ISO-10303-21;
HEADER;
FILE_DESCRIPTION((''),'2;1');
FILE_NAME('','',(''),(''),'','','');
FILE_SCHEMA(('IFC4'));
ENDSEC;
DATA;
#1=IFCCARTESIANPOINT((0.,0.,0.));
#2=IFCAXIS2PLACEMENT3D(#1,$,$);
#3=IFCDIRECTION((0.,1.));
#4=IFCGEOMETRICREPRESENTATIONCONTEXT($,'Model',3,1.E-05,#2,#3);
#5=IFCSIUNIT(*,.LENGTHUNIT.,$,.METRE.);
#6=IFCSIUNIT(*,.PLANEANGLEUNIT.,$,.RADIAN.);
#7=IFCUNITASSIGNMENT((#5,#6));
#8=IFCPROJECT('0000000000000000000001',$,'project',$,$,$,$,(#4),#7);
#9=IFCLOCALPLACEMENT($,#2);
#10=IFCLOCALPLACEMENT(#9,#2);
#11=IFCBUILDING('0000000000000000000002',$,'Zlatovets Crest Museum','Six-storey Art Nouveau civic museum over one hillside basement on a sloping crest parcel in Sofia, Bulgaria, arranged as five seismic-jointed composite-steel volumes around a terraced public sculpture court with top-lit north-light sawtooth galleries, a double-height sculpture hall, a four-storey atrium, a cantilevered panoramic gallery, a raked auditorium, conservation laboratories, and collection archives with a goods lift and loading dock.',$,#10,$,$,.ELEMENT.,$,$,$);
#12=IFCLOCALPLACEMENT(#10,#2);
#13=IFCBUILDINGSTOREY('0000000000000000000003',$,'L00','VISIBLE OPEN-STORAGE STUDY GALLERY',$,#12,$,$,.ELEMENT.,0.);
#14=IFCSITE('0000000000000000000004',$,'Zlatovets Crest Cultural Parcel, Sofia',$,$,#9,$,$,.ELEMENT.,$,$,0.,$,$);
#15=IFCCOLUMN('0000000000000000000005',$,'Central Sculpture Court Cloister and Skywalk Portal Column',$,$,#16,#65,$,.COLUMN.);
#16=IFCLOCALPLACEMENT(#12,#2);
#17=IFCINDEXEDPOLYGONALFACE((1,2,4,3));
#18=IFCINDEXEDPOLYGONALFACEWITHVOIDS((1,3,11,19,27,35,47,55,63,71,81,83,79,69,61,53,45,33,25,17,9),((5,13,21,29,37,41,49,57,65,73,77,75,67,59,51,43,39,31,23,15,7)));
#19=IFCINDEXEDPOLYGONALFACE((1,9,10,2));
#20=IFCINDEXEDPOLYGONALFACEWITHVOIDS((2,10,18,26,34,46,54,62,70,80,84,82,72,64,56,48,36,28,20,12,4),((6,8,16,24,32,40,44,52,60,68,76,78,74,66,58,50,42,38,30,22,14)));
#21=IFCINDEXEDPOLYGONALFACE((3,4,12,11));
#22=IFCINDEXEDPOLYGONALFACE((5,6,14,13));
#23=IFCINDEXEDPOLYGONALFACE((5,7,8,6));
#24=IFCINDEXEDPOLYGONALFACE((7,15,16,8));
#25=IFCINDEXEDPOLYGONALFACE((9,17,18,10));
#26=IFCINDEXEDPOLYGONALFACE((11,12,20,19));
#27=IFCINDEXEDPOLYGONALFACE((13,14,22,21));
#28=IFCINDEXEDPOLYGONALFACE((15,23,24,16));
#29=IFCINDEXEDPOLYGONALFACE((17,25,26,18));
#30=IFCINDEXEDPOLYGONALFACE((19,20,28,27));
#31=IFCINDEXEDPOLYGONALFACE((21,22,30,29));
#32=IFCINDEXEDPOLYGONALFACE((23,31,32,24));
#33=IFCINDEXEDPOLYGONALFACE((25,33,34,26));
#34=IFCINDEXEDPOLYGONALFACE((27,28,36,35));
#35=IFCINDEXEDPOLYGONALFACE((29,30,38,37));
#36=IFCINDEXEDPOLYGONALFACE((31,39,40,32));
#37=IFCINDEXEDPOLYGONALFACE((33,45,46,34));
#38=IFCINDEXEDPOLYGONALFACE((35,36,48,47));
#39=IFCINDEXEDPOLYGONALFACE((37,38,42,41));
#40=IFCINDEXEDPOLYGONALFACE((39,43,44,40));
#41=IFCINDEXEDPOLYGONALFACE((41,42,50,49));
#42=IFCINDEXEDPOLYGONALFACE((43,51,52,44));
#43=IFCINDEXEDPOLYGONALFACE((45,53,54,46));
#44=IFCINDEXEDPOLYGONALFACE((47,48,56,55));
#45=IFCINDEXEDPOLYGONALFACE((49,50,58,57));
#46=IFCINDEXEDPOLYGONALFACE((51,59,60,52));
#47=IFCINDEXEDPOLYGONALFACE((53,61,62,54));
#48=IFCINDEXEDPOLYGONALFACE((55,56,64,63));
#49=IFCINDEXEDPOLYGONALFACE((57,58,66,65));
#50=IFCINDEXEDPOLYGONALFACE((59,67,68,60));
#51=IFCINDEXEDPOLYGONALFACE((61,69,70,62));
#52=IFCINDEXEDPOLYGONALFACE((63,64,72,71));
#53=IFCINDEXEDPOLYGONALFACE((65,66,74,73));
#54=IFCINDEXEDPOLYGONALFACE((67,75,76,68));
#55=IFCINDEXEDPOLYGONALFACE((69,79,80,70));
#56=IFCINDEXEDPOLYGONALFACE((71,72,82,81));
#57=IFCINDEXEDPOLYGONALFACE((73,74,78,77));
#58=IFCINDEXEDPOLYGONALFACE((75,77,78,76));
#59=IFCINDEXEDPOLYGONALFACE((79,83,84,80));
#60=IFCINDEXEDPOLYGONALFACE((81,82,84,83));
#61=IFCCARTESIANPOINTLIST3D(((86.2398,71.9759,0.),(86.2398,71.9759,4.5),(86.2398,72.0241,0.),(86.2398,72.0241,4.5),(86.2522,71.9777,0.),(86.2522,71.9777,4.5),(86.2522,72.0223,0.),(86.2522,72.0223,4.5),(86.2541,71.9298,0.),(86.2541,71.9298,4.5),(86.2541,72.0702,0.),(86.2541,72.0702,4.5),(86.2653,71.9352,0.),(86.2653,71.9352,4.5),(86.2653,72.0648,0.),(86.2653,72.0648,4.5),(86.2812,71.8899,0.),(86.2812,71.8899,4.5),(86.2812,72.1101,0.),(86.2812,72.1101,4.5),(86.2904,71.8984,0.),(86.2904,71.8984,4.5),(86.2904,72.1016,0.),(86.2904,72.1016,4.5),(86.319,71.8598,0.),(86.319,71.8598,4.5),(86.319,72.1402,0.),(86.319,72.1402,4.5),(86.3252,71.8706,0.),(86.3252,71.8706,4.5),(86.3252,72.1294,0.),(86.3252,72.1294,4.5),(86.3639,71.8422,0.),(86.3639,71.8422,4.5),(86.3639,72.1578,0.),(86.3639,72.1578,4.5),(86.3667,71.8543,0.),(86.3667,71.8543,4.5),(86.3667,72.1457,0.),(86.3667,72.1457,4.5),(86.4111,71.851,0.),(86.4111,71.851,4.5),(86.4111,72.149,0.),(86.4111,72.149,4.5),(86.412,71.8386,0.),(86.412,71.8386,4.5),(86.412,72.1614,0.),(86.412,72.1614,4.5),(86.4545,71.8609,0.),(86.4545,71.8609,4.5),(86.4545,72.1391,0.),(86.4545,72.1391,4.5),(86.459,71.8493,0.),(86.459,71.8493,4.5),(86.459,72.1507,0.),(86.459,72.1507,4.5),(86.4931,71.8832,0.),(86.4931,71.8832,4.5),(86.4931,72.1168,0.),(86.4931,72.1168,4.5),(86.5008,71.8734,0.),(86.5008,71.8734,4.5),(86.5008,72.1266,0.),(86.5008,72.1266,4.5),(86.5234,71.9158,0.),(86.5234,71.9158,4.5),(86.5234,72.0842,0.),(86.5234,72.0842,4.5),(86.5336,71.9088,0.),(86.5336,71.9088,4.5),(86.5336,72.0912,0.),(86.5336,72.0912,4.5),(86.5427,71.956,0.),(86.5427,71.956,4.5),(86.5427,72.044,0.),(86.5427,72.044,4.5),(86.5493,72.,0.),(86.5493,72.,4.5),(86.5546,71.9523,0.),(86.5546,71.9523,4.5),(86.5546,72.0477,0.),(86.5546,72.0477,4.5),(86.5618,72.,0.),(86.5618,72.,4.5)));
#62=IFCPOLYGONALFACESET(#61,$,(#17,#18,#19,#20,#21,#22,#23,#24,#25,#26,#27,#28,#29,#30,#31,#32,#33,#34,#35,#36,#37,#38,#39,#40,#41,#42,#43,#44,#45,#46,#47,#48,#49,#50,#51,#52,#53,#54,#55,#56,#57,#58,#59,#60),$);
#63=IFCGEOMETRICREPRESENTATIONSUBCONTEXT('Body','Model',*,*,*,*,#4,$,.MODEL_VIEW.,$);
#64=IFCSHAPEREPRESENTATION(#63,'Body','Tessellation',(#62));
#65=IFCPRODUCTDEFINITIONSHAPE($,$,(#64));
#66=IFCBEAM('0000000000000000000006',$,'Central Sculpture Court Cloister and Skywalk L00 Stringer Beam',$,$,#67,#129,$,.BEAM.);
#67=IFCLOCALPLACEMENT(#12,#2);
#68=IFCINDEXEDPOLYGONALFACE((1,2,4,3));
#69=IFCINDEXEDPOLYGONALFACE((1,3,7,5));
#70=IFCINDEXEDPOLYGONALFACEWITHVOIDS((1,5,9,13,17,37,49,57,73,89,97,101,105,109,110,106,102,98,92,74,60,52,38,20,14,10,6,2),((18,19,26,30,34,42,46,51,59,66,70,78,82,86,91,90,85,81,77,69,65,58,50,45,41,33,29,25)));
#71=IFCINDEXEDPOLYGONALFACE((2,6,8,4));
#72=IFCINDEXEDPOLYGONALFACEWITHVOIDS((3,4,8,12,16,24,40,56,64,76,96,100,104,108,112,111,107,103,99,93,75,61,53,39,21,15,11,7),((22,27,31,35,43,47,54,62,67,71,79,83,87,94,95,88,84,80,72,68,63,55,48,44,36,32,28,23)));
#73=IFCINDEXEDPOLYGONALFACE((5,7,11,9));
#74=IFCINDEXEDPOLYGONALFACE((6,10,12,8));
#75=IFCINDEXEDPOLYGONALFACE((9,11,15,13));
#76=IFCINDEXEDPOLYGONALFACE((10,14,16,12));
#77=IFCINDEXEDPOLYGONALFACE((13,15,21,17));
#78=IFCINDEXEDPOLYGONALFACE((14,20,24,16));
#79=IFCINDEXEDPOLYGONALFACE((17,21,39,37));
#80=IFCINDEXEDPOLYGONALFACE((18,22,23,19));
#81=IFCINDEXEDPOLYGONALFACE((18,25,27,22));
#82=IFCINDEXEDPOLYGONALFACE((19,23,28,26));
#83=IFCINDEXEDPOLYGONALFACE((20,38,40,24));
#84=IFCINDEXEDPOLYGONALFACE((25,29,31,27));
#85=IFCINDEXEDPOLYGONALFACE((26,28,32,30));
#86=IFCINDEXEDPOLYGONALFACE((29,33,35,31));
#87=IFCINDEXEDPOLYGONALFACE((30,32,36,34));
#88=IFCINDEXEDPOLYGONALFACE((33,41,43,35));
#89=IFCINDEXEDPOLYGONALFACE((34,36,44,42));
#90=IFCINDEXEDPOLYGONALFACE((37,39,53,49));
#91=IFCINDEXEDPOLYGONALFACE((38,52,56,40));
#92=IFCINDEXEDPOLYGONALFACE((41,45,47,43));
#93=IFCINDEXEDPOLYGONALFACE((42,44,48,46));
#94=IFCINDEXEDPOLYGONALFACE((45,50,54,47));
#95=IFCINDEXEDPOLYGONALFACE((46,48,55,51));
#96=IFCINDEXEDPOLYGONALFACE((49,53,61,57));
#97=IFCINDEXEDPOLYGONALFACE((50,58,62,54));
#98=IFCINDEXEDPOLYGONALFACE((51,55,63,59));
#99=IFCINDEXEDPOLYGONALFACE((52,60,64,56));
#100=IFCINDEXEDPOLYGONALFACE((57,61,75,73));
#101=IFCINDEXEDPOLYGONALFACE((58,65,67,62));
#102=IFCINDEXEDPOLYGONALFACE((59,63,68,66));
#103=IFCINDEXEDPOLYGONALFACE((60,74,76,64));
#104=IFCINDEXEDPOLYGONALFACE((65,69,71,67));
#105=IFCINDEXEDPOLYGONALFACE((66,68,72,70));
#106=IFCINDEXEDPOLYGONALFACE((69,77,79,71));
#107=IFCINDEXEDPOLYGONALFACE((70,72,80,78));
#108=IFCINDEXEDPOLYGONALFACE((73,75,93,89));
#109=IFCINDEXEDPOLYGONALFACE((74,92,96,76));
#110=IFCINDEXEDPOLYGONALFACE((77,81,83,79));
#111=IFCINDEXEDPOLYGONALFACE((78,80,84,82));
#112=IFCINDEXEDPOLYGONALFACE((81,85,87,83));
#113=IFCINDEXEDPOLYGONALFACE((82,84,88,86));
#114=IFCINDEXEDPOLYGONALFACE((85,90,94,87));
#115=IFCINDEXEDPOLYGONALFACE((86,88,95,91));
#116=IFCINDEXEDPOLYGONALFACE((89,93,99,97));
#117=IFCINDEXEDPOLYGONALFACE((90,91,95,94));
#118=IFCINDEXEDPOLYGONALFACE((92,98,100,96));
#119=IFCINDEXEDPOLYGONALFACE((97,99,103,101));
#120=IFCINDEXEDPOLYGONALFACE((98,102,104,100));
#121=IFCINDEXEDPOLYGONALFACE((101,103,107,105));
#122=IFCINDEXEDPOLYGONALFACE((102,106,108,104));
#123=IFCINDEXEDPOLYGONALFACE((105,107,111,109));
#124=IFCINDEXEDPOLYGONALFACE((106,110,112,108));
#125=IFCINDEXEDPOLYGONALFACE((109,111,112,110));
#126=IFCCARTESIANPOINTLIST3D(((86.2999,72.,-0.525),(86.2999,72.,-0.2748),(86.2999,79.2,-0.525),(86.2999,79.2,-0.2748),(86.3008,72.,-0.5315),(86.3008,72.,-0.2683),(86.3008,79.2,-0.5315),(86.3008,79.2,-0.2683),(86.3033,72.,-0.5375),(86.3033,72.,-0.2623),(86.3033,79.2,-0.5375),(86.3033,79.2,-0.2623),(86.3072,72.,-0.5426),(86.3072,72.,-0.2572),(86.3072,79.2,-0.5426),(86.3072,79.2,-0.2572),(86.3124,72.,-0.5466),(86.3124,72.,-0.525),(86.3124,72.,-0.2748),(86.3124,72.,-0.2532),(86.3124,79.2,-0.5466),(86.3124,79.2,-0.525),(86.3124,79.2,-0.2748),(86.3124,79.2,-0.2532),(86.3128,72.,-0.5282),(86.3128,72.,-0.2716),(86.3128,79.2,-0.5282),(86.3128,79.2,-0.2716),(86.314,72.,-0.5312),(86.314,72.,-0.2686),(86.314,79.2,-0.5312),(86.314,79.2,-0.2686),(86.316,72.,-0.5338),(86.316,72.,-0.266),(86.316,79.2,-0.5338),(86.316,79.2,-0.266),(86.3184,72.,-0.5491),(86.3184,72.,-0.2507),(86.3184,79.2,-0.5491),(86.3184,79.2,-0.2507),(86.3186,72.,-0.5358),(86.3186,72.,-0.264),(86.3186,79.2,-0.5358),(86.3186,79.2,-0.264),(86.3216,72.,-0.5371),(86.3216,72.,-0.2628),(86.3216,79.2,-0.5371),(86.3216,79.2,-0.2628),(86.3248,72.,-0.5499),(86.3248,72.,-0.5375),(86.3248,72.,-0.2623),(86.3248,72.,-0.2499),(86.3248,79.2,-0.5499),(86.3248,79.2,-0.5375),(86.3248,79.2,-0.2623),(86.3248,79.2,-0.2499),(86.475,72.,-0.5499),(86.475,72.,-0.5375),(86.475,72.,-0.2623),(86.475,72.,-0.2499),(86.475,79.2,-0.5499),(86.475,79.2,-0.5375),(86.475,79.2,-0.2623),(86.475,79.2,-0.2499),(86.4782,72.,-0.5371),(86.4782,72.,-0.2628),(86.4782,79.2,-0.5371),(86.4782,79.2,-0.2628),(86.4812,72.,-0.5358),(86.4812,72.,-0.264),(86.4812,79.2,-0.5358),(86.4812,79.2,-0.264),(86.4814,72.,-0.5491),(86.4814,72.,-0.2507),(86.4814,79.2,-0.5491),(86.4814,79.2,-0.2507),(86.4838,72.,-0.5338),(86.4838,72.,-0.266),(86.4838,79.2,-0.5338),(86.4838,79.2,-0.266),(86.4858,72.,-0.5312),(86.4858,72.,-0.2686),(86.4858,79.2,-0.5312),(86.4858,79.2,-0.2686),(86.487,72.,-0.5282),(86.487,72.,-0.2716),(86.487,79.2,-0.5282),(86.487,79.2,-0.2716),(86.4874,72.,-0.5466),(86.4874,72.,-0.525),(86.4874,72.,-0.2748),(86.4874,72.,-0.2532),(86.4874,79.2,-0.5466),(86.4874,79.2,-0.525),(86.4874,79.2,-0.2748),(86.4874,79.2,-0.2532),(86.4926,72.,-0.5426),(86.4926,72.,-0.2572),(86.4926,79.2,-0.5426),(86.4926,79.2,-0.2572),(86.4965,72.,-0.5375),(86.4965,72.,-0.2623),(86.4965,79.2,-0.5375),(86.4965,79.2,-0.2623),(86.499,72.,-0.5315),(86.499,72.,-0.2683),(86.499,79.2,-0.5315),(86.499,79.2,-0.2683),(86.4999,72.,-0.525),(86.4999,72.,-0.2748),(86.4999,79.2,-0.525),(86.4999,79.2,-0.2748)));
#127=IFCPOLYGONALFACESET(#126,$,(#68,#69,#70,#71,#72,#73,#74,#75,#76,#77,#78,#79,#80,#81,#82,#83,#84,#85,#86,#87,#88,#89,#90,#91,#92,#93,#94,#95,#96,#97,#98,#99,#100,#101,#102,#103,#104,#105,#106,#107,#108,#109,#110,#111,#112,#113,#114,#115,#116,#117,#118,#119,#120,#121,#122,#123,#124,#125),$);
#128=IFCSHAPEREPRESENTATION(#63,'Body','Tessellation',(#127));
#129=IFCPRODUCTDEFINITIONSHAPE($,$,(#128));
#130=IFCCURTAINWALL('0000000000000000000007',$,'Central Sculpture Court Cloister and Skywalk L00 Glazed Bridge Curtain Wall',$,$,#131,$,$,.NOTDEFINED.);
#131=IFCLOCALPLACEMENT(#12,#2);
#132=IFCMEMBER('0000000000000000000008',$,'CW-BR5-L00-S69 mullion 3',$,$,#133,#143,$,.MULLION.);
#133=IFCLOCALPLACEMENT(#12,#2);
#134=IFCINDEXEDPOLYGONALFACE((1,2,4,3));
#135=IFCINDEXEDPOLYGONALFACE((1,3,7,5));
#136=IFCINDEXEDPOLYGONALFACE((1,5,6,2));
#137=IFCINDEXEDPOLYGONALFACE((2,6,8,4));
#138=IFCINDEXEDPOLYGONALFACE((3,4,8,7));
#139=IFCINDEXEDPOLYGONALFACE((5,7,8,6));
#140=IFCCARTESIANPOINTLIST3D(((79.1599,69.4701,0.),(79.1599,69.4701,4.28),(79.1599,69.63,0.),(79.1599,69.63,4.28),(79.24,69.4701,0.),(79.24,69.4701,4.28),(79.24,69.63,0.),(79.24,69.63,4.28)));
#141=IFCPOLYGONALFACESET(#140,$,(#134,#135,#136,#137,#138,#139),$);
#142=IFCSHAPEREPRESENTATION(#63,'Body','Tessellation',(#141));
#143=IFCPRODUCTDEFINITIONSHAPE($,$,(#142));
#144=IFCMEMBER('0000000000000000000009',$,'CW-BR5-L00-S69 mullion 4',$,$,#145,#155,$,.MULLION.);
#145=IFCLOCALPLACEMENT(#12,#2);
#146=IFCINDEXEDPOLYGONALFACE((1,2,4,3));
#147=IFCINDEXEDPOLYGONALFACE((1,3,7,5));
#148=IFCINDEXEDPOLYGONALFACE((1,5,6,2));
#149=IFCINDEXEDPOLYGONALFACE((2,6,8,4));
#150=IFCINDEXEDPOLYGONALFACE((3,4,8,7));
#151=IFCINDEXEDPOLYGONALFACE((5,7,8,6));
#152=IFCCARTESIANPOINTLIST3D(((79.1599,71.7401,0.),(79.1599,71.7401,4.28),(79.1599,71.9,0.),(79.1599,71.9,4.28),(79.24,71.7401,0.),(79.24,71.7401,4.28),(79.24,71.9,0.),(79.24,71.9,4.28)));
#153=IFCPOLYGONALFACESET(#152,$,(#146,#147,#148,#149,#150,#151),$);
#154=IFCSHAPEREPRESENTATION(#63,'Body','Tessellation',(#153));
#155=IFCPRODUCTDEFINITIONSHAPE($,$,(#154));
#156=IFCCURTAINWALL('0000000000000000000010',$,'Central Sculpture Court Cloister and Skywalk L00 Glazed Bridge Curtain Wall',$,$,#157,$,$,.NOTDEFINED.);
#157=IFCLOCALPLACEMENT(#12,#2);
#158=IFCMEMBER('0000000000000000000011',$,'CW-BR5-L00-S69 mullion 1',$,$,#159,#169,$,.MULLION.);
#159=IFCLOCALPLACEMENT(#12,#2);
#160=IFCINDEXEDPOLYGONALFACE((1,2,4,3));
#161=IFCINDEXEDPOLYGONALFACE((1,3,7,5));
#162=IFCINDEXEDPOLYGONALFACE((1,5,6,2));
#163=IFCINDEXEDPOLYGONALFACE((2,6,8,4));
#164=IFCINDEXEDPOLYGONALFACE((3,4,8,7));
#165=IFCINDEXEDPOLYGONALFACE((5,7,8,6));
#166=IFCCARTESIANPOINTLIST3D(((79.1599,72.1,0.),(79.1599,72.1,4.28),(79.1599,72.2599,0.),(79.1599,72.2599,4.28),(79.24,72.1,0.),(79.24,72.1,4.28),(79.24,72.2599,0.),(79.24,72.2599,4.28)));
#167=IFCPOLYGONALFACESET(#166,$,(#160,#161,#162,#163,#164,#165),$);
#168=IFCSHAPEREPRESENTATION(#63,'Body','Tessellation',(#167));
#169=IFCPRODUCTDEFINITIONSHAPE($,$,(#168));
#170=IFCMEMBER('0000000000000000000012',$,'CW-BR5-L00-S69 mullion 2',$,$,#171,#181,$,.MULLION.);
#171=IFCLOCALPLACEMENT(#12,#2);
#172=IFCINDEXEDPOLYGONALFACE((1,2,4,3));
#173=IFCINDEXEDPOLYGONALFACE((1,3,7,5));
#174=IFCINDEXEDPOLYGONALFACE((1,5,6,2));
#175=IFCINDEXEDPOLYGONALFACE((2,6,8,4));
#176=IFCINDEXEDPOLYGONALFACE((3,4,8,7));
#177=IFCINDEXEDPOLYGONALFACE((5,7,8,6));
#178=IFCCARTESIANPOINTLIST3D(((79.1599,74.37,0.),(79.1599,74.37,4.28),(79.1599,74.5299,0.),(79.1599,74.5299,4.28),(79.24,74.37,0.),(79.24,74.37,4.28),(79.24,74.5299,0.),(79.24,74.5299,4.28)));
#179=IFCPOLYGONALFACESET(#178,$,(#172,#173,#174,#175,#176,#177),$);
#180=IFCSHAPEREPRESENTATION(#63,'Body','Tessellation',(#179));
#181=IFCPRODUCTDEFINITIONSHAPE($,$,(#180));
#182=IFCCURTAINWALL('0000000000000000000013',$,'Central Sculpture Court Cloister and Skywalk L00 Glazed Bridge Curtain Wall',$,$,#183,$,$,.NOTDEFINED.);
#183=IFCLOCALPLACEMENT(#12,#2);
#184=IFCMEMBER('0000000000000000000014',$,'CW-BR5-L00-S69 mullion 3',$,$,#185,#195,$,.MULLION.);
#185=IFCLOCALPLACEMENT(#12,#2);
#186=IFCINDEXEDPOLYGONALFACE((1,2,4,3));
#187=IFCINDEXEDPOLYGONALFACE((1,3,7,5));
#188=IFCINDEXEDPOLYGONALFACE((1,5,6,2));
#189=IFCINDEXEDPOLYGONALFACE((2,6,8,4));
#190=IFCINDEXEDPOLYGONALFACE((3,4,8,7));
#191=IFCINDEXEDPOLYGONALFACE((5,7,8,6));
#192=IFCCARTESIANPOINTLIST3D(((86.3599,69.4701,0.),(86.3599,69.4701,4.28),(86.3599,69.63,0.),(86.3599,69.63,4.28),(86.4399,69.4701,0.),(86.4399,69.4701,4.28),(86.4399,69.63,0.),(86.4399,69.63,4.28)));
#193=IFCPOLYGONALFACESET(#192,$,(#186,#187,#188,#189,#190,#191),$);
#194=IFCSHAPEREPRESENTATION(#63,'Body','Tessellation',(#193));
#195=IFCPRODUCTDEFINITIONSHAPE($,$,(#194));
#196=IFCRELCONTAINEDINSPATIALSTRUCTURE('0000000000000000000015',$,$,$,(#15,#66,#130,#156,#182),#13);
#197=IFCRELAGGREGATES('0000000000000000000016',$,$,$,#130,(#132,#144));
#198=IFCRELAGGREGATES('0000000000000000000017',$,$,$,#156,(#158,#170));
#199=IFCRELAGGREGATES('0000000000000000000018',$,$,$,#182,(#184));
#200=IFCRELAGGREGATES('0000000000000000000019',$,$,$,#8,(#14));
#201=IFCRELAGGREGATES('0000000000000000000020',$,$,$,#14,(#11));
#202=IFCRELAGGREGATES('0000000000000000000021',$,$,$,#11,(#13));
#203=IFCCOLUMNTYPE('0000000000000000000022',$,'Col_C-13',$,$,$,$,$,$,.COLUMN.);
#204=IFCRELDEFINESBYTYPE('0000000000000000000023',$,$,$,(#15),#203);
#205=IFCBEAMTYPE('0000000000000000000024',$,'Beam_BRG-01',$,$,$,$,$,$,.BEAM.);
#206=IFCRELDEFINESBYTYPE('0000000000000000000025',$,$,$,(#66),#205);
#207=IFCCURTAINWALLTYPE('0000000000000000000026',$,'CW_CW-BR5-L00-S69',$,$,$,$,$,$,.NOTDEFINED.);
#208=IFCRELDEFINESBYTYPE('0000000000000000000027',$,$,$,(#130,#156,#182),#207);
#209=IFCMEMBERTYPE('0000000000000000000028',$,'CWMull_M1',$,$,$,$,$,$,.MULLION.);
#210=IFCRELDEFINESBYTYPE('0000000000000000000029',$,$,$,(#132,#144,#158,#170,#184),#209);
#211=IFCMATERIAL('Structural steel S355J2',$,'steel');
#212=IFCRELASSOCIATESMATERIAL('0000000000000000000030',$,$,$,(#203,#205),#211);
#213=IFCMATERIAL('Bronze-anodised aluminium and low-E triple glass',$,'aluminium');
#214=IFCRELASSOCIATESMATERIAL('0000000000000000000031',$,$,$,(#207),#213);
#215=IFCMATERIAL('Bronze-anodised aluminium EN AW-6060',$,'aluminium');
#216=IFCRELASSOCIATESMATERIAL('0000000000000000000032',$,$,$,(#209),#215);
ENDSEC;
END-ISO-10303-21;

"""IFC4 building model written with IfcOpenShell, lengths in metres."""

from ifc_helpers import new_model, si_unit, direction, frame, origin, origin_2d, place, context, subcontext, project, spatial, rectangle, hollow_rectangle, hollow_circle, extrude, material, material_profile, profile_set, type_object, element, aggregate, save


model = new_model("IFC4")

# Units and contexts
model_context = context("Model", 3, precision=1e-05, world=origin(), true_north=direction((0.0, 1.0)))
body_context = subcontext(model_context, "Body", "Model", "MODEL_VIEW")
ifc_project = project(units=[si_unit("LENGTHUNIT", "METRE"), si_unit("PLANEANGLEUNIT", "RADIAN")], contexts=[model_context])

# Site, building, storey
site_placement = place(None, origin())
site = spatial("IfcSite", under=ifc_project, at=site_placement, Name="Zlatovets Crest Cultural Parcel, Sofia", CompositionType="ELEMENT", RefElevation=0.0)
building_placement = place(site_placement, origin())
building = spatial("IfcBuilding", under=site, at=building_placement, Name="Zlatovets Crest Museum", Description="Six-storey Art Nouveau civic museum over one hillside basement on a sloping crest parcel in Sofia, Bulgaria, arranged as five seismic-jointed composite-steel volumes around a terraced public sculpture court with top-lit north-light sawtooth galleries, a double-height sculpture hall, a four-storey atrium, a cantilevered panoramic gallery, a raked auditorium, conservation laboratories, and collection archives with a goods lift and loading dock.", CompositionType="ELEMENT")
storey_placement = place(building_placement, origin())
storey = spatial("IfcBuildingStorey", under=building, at=storey_placement, Name="L00", Description="VISIBLE OPEN-STORAGE STUDY GALLERY", CompositionType="ELEMENT", Elevation=0.0)

# Column
ifc_material_1 = material(Name="Structural steel S355J2", Category="steel")
ifc_material_profile_1 = material_profile(ifc_material_1, hollow_circle(Radius=0.1619, WallThickness=0.0125, at=origin_2d()), Name="CHS 323.9x12.5")
ifc_profile_set_1 = profile_set([ifc_material_profile_1], Name="Structural steel S355J2")
column_type = type_object("IfcColumnType", Name="Col_C-13", PredefinedType="COLUMN", material=ifc_profile_set_1)
column_placement = place(storey_placement, frame((86.3999, 72.0, 0.0), z_axis=(0.0, 0.0, 1.0), x_axis=(1.0, 0.0, 0.0)))
element("IfcColumn", 1, at=column_placement, inside=storey, type_object=column_type, Name="Central Sculpture Court Cloister and Skywalk Portal Column", PredefinedType="COLUMN", context=body_context, shape_type="SweptSolid", body=[
    extrude(hollow_circle(Radius=0.1619, WallThickness=0.0125, at=origin_2d()), origin(), (0.0, 0.0, 1.0), 4.5),
])

# Beam
ifc_material_profile_2 = material_profile(ifc_material_1, hollow_rectangle(XDim=0.2, YDim=0.3, WallThickness=0.0125, InnerFilletRadius=0.0125, OuterFilletRadius=0.0249, at=origin_2d()), Name="RHS 200x300x12.5")
ifc_profile_set_2 = profile_set([ifc_material_profile_2], Name="Structural steel S355J2")
beam_type = type_object("IfcBeamType", Name="Beam_BRG-01", PredefinedType="BEAM", material=ifc_profile_set_2)
beam_placement = place(storey_placement, frame((86.3999, 72.0, -0.3999), z_axis=(0.0, 1.0, 0.0), x_axis=(-1.0, 0.0, 0.0)))
element("IfcBeam", 2, at=beam_placement, inside=storey, type_object=beam_type, Name="Central Sculpture Court Cloister and Skywalk L00 Stringer Beam", PredefinedType="BEAM", context=body_context, shape_type="SweptSolid", body=[
    extrude(hollow_rectangle(XDim=0.2, YDim=0.3, WallThickness=0.0125, InnerFilletRadius=0.0125, OuterFilletRadius=0.0249, at=origin_2d()), origin(), (0.0, 0.0, 1.0), 7.2),
])

# Curtain walls, members
ifc_material_2 = material(Name="Bronze-anodised aluminium and low-E triple glass", Category="aluminium")
curtain_wall_type = type_object("IfcCurtainWallType", Name="CW_CW-BR5-L00-S69", PredefinedType="NOTDEFINED", material=ifc_material_2)
curtain_wall_1_placement = place(storey_placement, origin())
curtain_wall_1 = element("IfcCurtainWall", 3, at=curtain_wall_1_placement, inside=storey, type_object=curtain_wall_type, Name="Central Sculpture Court Cloister and Skywalk L00 Glazed Bridge Curtain Wall", PredefinedType="NOTDEFINED")
ifc_material_3 = material(Name="Bronze-anodised aluminium EN AW-6060", Category="aluminium")
ifc_material_profile_3 = material_profile(ifc_material_3, rectangle(XDim=0.0801, YDim=0.1599, at=origin_2d()), Name="ALU 80x160")
ifc_profile_set_3 = profile_set([ifc_material_profile_3], Name="Bronze-anodised aluminium EN AW-6060")
member_type_1 = type_object("IfcMemberType", Name="CWMull_M1", PredefinedType="MULLION", material=ifc_profile_set_3)
member_1_placement = place(storey_placement, frame((79.2, 69.55, 0.0), z_axis=(0.0, 0.0, 1.0), x_axis=(-1.0, 0.0, 0.0)))
member_1 = element("IfcMember", 4, at=member_1_placement, type_object=member_type_1, Name="CW-BR5-L00-S69 mullion 3", PredefinedType="MULLION", context=body_context, shape_type="SweptSolid", body=[
    extrude(rectangle(XDim=0.0801, YDim=0.1599, at=origin_2d()), origin(), (0.0, 0.0, 1.0), 4.28),
])
member_2_placement = place(storey_placement, frame((79.2, 71.8201, 0.0), z_axis=(0.0, 0.0, 1.0), x_axis=(-1.0, 0.0, 0.0)))
member_2 = element("IfcMember", 5, at=member_2_placement, type_object=member_type_1, Name="CW-BR5-L00-S69 mullion 4", PredefinedType="MULLION", context=body_context, shape_type="SweptSolid", body=[
    extrude(rectangle(XDim=0.0801, YDim=0.1599, at=origin_2d()), origin(), (0.0, 0.0, 1.0), 4.28),
])
curtain_wall_2_placement = place(storey_placement, origin())
curtain_wall_2 = element("IfcCurtainWall", 6, at=curtain_wall_2_placement, inside=storey, type_object=curtain_wall_type, Name="Central Sculpture Court Cloister and Skywalk L00 Glazed Bridge Curtain Wall", PredefinedType="NOTDEFINED")
member_3_placement = place(storey_placement, frame((79.2, 72.1799, 0.0), z_axis=(0.0, 0.0, 1.0), x_axis=(-1.0, 0.0, 0.0)))
member_3 = element("IfcMember", 7, at=member_3_placement, type_object=member_type_1, Name="CW-BR5-L00-S69 mullion 1", PredefinedType="MULLION", context=body_context, shape_type="SweptSolid", body=[
    extrude(rectangle(XDim=0.0801, YDim=0.1599, at=origin_2d()), origin(), (0.0, 0.0, 1.0), 4.28),
])
member_4_placement = place(storey_placement, frame((79.2, 74.45, 0.0), z_axis=(0.0, 0.0, 1.0), x_axis=(-1.0, 0.0, 0.0)))
member_4 = element("IfcMember", 8, at=member_4_placement, type_object=member_type_1, Name="CW-BR5-L00-S69 mullion 2", PredefinedType="MULLION", context=body_context, shape_type="SweptSolid", body=[
    extrude(rectangle(XDim=0.0801, YDim=0.1599, at=origin_2d()), origin(), (0.0, 0.0, 1.0), 4.28),
])
curtain_wall_3_placement = place(storey_placement, origin())
curtain_wall_3 = element("IfcCurtainWall", 9, at=curtain_wall_3_placement, inside=storey, type_object=curtain_wall_type, Name="Central Sculpture Court Cloister and Skywalk L00 Glazed Bridge Curtain Wall", PredefinedType="NOTDEFINED")
member_5_placement = place(storey_placement, frame((86.3999, 69.55, 0.0), z_axis=(0.0, 0.0, 1.0), x_axis=(-1.0, 0.0, 0.0)))
member_5 = element("IfcMember", 10, at=member_5_placement, type_object=member_type_1, Name="CW-BR5-L00-S69 mullion 3", PredefinedType="MULLION", context=body_context, shape_type="SweptSolid", body=[
    extrude(rectangle(XDim=0.0801, YDim=0.1599, at=origin_2d()), origin(), (0.0, 0.0, 1.0), 4.28),
])

aggregate(curtain_wall_1, [member_1, member_2])
aggregate(curtain_wall_2, [member_3, member_4])
aggregate(curtain_wall_3, [member_5])

save(model, "model.ifc")
